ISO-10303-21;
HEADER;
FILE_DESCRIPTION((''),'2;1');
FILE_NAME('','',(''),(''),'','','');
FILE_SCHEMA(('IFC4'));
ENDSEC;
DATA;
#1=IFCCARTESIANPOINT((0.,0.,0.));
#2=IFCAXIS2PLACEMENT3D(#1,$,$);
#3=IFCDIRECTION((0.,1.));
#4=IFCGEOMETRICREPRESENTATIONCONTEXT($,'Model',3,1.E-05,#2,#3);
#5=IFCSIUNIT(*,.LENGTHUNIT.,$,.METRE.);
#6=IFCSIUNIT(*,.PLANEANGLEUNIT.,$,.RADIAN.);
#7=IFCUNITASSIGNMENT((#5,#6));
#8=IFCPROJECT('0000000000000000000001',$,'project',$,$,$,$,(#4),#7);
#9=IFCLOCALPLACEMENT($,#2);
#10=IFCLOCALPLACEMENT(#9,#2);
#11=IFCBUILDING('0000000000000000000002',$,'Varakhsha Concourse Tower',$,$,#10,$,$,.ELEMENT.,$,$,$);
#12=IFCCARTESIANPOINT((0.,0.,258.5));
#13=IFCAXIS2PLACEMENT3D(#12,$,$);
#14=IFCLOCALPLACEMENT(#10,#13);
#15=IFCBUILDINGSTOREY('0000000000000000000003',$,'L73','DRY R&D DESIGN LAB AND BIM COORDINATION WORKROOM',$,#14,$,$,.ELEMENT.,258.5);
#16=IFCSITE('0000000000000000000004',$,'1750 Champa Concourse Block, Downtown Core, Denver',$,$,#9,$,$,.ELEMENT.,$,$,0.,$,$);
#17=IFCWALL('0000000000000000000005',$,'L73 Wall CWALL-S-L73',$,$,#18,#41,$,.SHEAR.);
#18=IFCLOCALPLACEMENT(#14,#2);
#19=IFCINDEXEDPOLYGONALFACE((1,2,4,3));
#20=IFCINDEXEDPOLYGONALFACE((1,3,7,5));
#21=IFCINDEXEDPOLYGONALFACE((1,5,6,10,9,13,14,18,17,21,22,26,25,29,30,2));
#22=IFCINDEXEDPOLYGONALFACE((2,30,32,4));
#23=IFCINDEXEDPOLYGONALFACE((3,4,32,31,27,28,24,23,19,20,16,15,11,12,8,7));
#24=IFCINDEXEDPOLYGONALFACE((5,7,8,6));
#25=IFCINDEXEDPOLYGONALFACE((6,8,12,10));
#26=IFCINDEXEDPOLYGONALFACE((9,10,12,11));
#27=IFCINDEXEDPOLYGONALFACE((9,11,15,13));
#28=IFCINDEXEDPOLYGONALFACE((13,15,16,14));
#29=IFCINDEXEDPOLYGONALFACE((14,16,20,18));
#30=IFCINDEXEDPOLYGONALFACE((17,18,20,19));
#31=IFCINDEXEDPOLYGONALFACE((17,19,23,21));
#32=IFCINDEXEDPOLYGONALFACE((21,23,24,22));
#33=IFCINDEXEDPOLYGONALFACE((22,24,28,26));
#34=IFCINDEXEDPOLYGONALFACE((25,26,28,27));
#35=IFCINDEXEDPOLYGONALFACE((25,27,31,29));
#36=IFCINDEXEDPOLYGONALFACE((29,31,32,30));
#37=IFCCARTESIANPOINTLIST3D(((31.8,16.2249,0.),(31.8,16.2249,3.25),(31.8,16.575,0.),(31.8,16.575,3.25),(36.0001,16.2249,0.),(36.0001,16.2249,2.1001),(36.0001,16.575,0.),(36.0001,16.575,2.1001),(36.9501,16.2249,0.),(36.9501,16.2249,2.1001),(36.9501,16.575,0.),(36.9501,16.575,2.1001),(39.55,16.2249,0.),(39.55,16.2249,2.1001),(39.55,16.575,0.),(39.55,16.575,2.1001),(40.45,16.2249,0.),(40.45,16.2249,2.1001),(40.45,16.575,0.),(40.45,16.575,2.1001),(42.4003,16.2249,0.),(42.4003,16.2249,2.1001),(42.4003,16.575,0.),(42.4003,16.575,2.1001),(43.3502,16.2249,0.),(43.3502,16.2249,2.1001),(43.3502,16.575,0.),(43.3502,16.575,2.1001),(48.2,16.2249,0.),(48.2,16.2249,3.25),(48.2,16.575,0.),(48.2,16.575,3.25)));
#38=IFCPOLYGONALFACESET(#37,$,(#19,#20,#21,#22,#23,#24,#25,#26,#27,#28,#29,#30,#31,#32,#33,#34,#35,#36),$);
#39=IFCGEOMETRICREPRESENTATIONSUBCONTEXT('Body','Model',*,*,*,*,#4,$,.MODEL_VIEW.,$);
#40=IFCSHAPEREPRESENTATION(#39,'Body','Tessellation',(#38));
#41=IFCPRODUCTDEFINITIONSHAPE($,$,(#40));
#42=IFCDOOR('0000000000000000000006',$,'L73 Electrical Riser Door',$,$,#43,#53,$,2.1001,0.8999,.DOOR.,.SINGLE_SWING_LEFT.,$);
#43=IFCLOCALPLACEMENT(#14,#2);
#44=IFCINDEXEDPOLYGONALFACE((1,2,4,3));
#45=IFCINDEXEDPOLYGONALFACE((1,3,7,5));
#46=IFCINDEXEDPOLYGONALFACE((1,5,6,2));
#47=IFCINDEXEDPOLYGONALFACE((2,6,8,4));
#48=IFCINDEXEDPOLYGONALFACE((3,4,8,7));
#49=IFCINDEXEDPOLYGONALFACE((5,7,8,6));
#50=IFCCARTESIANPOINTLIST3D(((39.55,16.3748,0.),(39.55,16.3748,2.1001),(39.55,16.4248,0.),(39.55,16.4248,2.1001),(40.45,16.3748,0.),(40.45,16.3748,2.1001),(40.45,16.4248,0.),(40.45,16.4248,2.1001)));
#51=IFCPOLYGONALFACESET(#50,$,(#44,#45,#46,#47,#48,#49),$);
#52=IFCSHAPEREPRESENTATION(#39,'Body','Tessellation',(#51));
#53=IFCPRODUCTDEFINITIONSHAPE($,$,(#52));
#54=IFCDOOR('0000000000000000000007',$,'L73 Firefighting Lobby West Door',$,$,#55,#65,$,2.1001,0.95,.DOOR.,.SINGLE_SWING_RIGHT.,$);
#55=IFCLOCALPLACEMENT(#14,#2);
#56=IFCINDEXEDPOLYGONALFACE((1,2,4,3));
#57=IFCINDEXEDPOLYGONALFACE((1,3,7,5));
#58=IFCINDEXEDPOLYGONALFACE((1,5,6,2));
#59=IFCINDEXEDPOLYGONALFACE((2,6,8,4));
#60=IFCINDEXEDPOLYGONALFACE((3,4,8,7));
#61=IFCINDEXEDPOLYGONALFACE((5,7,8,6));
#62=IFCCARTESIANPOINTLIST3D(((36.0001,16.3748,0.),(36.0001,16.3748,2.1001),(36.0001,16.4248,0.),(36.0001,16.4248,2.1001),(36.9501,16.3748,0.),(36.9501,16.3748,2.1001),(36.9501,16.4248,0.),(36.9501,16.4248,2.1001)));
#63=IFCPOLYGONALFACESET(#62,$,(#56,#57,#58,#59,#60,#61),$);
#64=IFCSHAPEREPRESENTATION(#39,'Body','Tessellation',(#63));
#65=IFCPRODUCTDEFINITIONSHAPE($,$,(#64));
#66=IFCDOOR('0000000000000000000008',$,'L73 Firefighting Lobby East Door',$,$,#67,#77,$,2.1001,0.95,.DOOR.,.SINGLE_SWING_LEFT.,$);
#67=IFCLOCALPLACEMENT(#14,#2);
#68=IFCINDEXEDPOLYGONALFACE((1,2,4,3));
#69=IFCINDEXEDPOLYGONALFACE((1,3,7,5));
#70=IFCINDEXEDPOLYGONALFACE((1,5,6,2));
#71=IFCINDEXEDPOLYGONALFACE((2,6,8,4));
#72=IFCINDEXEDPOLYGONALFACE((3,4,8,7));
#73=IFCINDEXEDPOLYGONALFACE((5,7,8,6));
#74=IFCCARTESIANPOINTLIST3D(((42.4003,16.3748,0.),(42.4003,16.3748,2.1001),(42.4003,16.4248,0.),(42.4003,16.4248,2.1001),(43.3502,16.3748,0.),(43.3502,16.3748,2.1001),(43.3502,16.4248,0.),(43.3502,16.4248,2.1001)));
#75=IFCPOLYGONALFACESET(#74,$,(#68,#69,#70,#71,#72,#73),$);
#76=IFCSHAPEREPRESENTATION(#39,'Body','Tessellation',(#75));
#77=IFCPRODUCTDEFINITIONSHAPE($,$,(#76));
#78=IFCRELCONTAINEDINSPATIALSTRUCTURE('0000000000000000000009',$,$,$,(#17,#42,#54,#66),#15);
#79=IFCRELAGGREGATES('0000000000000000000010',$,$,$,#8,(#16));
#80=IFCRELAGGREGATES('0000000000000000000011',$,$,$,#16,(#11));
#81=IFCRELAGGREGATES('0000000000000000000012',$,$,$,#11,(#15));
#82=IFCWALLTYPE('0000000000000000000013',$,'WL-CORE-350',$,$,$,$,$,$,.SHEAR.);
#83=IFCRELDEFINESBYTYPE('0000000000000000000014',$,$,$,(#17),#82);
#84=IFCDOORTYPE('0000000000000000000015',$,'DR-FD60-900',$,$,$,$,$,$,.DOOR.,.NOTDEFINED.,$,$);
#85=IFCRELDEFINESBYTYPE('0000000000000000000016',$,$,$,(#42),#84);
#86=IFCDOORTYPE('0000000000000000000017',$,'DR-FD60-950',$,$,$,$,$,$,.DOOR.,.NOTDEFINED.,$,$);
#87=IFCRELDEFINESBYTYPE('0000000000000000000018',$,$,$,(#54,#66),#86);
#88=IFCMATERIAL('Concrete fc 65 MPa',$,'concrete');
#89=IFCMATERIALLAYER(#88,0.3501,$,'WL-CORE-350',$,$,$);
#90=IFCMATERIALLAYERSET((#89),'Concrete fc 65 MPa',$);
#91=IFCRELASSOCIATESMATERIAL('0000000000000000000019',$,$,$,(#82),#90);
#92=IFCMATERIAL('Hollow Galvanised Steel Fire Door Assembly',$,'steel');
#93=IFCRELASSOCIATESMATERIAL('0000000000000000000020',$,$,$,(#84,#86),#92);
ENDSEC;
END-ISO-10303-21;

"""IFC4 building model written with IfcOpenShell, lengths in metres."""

from ifc_helpers import new_model, si_unit, direction, frame, frame_2d, origin, place, context, subcontext, project, spatial, rectangle, extrude, material, layer, layer_set, type_object, element, fill, save


model = new_model("IFC4")

# Units and contexts
model_context = context("Model", 3, precision=1e-05, world=origin(), true_north=direction((0.0, 1.0)))
body_context = subcontext(model_context, "Body", "Model", "MODEL_VIEW")
ifc_project = project(units=[si_unit("LENGTHUNIT", "METRE"), si_unit("PLANEANGLEUNIT", "RADIAN")], contexts=[model_context])

# Site, building, storey
site_placement = place(None, origin())
site = spatial("IfcSite", under=ifc_project, at=site_placement, Name="1750 Champa Concourse Block, Downtown Core, Denver", CompositionType="ELEMENT", RefElevation=0.0)
building_placement = place(site_placement, origin())
building = spatial("IfcBuilding", under=site, at=building_placement, Name="Varakhsha Concourse Tower", CompositionType="ELEMENT")
storey_placement = place(building_placement, frame((0.0, 0.0, 258.5)))
storey = spatial("IfcBuildingStorey", under=building, at=storey_placement, Name="L73", Description="DRY R&D DESIGN LAB AND BIM COORDINATION WORKROOM", CompositionType="ELEMENT", Elevation=258.5)

# Wall, openings, doors
ifc_material_1 = material(Name="Concrete fc 65 MPa", Category="concrete")
ifc_layer_1 = layer(ifc_material_1, 0.3501, Name="WL-CORE-350")
ifc_layer_set_1 = layer_set([ifc_layer_1], Name="Concrete fc 65 MPa")
wall_type_1 = type_object("IfcWallType", Name="WL-CORE-350", PredefinedType="SHEAR", material=ifc_layer_set_1)
wall_1_placement = place(storey_placement, frame((31.8, 16.3999, 0.0), z_axis=(0.0, 0.0, 1.0), x_axis=(1.0, 0.0, 0.0)))
wall_1 = element("IfcWall", 1, at=wall_1_placement, inside=storey, type_object=wall_type_1, Name="L73 Wall CWALL-S-L73", PredefinedType="SHEAR", context=body_context, shape_type="SweptSolid", body=[
    extrude(rectangle(XDim=16.3999, YDim=0.3501, at=frame_2d((8.2, 0.0))), origin(), (0.0, 0.0, 1.0), 3.25),
])
opening_1_placement = place(wall_1_placement, frame((7.75, 0.0, 0.0)))
opening_1 = element("IfcOpeningElement", 2, at=opening_1_placement, cuts=wall_1, PredefinedType="OPENING", context=body_context, shape_type="SweptSolid", body=[
    extrude(rectangle(XDim=0.8999, YDim=2.1001, at=frame_2d((0.45, 1.05))), frame((0.0, 0.1851, 0.0), z_axis=(0.0, -1.0, 0.0), x_axis=(1.0, 0.0, 0.0)), (0.0, 0.0, 1.0), 0.3701),
])
opening_2_placement = place(wall_1_placement, frame((4.2, 0.0, 0.0)))
opening_2 = element("IfcOpeningElement", 3, at=opening_2_placement, cuts=wall_1, PredefinedType="OPENING", context=body_context, shape_type="SweptSolid", body=[
    extrude(rectangle(XDim=0.95, YDim=2.1001, at=frame_2d((0.4751, 1.05))), frame((0.0, 0.1851, 0.0), z_axis=(0.0, -1.0, 0.0), x_axis=(1.0, 0.0, 0.0)), (0.0, 0.0, 1.0), 0.3701),
])
opening_3_placement = place(wall_1_placement, frame((10.6001, 0.0, 0.0)))
opening_3 = element("IfcOpeningElement", 4, at=opening_3_placement, cuts=wall_1, PredefinedType="OPENING", context=body_context, shape_type="SweptSolid", body=[
    extrude(rectangle(XDim=0.95, YDim=2.1001, at=frame_2d((0.4751, 1.05))), frame((0.0, 0.1851, 0.0), z_axis=(0.0, -1.0, 0.0), x_axis=(1.0, 0.0, 0.0)), (0.0, 0.0, 1.0), 0.3701),
])
ifc_material_2 = material(Name="Hollow Galvanised Steel Fire Door Assembly", Category="steel")
door_type_1 = type_object("IfcDoorType", Name="DR-FD60-900", OperationType="NOTDEFINED", PredefinedType="DOOR", material=ifc_material_2)
door_1_placement = place(opening_1_placement, origin())
door_1 = element("IfcDoor", 5, at=door_1_placement, inside=storey, type_object=door_type_1, Name="L73 Electrical Riser Door", OperationType="SINGLE_SWING_LEFT", OverallHeight=2.1001, OverallWidth=0.8999, PredefinedType="DOOR", context=body_context, shape_type="SweptSolid", body=[
    extrude(rectangle(XDim=0.8999, YDim=2.1001, at=frame_2d((0.45, 1.05))), frame((0.0, 0.0249, 0.0), z_axis=(0.0, -1.0, 0.0), x_axis=(1.0, 0.0, 0.0)), (0.0, 0.0, 1.0), 0.05),
])
fill(opening_1, door_1)
door_type_2 = type_object("IfcDoorType", Name="DR-FD60-950", OperationType="NOTDEFINED", PredefinedType="DOOR", material=ifc_material_2)
door_2_placement = place(opening_2_placement, origin())
door_2 = element("IfcDoor", 6, at=door_2_placement, inside=storey, type_object=door_type_2, Name="L73 Firefighting Lobby West Door", OperationType="SINGLE_SWING_RIGHT", OverallHeight=2.1001, OverallWidth=0.95, PredefinedType="DOOR", context=body_context, shape_type="SweptSolid", body=[
    extrude(rectangle(XDim=0.95, YDim=2.1001, at=frame_2d((0.4751, 1.05))), frame((0.0, 0.0249, 0.0), z_axis=(0.0, -1.0, 0.0), x_axis=(1.0, 0.0, 0.0)), (0.0, 0.0, 1.0), 0.05),
])
fill(opening_2, door_2)
door_3_placement = place(opening_3_placement, origin())
door_3 = element("IfcDoor", 7, at=door_3_placement, inside=storey, type_object=door_type_2, Name="L73 Firefighting Lobby East Door", OperationType="SINGLE_SWING_LEFT", OverallHeight=2.1001, OverallWidth=0.95, PredefinedType="DOOR", context=body_context, shape_type="SweptSolid", body=[
    extrude(rectangle(XDim=0.95, YDim=2.1001, at=frame_2d((0.4751, 1.05))), frame((0.0, 0.0249, 0.0), z_axis=(0.0, -1.0, 0.0), x_axis=(1.0, 0.0, 0.0)), (0.0, 0.0, 1.0), 0.05),
])
fill(opening_3, door_3)

save(model, "model.ifc")
